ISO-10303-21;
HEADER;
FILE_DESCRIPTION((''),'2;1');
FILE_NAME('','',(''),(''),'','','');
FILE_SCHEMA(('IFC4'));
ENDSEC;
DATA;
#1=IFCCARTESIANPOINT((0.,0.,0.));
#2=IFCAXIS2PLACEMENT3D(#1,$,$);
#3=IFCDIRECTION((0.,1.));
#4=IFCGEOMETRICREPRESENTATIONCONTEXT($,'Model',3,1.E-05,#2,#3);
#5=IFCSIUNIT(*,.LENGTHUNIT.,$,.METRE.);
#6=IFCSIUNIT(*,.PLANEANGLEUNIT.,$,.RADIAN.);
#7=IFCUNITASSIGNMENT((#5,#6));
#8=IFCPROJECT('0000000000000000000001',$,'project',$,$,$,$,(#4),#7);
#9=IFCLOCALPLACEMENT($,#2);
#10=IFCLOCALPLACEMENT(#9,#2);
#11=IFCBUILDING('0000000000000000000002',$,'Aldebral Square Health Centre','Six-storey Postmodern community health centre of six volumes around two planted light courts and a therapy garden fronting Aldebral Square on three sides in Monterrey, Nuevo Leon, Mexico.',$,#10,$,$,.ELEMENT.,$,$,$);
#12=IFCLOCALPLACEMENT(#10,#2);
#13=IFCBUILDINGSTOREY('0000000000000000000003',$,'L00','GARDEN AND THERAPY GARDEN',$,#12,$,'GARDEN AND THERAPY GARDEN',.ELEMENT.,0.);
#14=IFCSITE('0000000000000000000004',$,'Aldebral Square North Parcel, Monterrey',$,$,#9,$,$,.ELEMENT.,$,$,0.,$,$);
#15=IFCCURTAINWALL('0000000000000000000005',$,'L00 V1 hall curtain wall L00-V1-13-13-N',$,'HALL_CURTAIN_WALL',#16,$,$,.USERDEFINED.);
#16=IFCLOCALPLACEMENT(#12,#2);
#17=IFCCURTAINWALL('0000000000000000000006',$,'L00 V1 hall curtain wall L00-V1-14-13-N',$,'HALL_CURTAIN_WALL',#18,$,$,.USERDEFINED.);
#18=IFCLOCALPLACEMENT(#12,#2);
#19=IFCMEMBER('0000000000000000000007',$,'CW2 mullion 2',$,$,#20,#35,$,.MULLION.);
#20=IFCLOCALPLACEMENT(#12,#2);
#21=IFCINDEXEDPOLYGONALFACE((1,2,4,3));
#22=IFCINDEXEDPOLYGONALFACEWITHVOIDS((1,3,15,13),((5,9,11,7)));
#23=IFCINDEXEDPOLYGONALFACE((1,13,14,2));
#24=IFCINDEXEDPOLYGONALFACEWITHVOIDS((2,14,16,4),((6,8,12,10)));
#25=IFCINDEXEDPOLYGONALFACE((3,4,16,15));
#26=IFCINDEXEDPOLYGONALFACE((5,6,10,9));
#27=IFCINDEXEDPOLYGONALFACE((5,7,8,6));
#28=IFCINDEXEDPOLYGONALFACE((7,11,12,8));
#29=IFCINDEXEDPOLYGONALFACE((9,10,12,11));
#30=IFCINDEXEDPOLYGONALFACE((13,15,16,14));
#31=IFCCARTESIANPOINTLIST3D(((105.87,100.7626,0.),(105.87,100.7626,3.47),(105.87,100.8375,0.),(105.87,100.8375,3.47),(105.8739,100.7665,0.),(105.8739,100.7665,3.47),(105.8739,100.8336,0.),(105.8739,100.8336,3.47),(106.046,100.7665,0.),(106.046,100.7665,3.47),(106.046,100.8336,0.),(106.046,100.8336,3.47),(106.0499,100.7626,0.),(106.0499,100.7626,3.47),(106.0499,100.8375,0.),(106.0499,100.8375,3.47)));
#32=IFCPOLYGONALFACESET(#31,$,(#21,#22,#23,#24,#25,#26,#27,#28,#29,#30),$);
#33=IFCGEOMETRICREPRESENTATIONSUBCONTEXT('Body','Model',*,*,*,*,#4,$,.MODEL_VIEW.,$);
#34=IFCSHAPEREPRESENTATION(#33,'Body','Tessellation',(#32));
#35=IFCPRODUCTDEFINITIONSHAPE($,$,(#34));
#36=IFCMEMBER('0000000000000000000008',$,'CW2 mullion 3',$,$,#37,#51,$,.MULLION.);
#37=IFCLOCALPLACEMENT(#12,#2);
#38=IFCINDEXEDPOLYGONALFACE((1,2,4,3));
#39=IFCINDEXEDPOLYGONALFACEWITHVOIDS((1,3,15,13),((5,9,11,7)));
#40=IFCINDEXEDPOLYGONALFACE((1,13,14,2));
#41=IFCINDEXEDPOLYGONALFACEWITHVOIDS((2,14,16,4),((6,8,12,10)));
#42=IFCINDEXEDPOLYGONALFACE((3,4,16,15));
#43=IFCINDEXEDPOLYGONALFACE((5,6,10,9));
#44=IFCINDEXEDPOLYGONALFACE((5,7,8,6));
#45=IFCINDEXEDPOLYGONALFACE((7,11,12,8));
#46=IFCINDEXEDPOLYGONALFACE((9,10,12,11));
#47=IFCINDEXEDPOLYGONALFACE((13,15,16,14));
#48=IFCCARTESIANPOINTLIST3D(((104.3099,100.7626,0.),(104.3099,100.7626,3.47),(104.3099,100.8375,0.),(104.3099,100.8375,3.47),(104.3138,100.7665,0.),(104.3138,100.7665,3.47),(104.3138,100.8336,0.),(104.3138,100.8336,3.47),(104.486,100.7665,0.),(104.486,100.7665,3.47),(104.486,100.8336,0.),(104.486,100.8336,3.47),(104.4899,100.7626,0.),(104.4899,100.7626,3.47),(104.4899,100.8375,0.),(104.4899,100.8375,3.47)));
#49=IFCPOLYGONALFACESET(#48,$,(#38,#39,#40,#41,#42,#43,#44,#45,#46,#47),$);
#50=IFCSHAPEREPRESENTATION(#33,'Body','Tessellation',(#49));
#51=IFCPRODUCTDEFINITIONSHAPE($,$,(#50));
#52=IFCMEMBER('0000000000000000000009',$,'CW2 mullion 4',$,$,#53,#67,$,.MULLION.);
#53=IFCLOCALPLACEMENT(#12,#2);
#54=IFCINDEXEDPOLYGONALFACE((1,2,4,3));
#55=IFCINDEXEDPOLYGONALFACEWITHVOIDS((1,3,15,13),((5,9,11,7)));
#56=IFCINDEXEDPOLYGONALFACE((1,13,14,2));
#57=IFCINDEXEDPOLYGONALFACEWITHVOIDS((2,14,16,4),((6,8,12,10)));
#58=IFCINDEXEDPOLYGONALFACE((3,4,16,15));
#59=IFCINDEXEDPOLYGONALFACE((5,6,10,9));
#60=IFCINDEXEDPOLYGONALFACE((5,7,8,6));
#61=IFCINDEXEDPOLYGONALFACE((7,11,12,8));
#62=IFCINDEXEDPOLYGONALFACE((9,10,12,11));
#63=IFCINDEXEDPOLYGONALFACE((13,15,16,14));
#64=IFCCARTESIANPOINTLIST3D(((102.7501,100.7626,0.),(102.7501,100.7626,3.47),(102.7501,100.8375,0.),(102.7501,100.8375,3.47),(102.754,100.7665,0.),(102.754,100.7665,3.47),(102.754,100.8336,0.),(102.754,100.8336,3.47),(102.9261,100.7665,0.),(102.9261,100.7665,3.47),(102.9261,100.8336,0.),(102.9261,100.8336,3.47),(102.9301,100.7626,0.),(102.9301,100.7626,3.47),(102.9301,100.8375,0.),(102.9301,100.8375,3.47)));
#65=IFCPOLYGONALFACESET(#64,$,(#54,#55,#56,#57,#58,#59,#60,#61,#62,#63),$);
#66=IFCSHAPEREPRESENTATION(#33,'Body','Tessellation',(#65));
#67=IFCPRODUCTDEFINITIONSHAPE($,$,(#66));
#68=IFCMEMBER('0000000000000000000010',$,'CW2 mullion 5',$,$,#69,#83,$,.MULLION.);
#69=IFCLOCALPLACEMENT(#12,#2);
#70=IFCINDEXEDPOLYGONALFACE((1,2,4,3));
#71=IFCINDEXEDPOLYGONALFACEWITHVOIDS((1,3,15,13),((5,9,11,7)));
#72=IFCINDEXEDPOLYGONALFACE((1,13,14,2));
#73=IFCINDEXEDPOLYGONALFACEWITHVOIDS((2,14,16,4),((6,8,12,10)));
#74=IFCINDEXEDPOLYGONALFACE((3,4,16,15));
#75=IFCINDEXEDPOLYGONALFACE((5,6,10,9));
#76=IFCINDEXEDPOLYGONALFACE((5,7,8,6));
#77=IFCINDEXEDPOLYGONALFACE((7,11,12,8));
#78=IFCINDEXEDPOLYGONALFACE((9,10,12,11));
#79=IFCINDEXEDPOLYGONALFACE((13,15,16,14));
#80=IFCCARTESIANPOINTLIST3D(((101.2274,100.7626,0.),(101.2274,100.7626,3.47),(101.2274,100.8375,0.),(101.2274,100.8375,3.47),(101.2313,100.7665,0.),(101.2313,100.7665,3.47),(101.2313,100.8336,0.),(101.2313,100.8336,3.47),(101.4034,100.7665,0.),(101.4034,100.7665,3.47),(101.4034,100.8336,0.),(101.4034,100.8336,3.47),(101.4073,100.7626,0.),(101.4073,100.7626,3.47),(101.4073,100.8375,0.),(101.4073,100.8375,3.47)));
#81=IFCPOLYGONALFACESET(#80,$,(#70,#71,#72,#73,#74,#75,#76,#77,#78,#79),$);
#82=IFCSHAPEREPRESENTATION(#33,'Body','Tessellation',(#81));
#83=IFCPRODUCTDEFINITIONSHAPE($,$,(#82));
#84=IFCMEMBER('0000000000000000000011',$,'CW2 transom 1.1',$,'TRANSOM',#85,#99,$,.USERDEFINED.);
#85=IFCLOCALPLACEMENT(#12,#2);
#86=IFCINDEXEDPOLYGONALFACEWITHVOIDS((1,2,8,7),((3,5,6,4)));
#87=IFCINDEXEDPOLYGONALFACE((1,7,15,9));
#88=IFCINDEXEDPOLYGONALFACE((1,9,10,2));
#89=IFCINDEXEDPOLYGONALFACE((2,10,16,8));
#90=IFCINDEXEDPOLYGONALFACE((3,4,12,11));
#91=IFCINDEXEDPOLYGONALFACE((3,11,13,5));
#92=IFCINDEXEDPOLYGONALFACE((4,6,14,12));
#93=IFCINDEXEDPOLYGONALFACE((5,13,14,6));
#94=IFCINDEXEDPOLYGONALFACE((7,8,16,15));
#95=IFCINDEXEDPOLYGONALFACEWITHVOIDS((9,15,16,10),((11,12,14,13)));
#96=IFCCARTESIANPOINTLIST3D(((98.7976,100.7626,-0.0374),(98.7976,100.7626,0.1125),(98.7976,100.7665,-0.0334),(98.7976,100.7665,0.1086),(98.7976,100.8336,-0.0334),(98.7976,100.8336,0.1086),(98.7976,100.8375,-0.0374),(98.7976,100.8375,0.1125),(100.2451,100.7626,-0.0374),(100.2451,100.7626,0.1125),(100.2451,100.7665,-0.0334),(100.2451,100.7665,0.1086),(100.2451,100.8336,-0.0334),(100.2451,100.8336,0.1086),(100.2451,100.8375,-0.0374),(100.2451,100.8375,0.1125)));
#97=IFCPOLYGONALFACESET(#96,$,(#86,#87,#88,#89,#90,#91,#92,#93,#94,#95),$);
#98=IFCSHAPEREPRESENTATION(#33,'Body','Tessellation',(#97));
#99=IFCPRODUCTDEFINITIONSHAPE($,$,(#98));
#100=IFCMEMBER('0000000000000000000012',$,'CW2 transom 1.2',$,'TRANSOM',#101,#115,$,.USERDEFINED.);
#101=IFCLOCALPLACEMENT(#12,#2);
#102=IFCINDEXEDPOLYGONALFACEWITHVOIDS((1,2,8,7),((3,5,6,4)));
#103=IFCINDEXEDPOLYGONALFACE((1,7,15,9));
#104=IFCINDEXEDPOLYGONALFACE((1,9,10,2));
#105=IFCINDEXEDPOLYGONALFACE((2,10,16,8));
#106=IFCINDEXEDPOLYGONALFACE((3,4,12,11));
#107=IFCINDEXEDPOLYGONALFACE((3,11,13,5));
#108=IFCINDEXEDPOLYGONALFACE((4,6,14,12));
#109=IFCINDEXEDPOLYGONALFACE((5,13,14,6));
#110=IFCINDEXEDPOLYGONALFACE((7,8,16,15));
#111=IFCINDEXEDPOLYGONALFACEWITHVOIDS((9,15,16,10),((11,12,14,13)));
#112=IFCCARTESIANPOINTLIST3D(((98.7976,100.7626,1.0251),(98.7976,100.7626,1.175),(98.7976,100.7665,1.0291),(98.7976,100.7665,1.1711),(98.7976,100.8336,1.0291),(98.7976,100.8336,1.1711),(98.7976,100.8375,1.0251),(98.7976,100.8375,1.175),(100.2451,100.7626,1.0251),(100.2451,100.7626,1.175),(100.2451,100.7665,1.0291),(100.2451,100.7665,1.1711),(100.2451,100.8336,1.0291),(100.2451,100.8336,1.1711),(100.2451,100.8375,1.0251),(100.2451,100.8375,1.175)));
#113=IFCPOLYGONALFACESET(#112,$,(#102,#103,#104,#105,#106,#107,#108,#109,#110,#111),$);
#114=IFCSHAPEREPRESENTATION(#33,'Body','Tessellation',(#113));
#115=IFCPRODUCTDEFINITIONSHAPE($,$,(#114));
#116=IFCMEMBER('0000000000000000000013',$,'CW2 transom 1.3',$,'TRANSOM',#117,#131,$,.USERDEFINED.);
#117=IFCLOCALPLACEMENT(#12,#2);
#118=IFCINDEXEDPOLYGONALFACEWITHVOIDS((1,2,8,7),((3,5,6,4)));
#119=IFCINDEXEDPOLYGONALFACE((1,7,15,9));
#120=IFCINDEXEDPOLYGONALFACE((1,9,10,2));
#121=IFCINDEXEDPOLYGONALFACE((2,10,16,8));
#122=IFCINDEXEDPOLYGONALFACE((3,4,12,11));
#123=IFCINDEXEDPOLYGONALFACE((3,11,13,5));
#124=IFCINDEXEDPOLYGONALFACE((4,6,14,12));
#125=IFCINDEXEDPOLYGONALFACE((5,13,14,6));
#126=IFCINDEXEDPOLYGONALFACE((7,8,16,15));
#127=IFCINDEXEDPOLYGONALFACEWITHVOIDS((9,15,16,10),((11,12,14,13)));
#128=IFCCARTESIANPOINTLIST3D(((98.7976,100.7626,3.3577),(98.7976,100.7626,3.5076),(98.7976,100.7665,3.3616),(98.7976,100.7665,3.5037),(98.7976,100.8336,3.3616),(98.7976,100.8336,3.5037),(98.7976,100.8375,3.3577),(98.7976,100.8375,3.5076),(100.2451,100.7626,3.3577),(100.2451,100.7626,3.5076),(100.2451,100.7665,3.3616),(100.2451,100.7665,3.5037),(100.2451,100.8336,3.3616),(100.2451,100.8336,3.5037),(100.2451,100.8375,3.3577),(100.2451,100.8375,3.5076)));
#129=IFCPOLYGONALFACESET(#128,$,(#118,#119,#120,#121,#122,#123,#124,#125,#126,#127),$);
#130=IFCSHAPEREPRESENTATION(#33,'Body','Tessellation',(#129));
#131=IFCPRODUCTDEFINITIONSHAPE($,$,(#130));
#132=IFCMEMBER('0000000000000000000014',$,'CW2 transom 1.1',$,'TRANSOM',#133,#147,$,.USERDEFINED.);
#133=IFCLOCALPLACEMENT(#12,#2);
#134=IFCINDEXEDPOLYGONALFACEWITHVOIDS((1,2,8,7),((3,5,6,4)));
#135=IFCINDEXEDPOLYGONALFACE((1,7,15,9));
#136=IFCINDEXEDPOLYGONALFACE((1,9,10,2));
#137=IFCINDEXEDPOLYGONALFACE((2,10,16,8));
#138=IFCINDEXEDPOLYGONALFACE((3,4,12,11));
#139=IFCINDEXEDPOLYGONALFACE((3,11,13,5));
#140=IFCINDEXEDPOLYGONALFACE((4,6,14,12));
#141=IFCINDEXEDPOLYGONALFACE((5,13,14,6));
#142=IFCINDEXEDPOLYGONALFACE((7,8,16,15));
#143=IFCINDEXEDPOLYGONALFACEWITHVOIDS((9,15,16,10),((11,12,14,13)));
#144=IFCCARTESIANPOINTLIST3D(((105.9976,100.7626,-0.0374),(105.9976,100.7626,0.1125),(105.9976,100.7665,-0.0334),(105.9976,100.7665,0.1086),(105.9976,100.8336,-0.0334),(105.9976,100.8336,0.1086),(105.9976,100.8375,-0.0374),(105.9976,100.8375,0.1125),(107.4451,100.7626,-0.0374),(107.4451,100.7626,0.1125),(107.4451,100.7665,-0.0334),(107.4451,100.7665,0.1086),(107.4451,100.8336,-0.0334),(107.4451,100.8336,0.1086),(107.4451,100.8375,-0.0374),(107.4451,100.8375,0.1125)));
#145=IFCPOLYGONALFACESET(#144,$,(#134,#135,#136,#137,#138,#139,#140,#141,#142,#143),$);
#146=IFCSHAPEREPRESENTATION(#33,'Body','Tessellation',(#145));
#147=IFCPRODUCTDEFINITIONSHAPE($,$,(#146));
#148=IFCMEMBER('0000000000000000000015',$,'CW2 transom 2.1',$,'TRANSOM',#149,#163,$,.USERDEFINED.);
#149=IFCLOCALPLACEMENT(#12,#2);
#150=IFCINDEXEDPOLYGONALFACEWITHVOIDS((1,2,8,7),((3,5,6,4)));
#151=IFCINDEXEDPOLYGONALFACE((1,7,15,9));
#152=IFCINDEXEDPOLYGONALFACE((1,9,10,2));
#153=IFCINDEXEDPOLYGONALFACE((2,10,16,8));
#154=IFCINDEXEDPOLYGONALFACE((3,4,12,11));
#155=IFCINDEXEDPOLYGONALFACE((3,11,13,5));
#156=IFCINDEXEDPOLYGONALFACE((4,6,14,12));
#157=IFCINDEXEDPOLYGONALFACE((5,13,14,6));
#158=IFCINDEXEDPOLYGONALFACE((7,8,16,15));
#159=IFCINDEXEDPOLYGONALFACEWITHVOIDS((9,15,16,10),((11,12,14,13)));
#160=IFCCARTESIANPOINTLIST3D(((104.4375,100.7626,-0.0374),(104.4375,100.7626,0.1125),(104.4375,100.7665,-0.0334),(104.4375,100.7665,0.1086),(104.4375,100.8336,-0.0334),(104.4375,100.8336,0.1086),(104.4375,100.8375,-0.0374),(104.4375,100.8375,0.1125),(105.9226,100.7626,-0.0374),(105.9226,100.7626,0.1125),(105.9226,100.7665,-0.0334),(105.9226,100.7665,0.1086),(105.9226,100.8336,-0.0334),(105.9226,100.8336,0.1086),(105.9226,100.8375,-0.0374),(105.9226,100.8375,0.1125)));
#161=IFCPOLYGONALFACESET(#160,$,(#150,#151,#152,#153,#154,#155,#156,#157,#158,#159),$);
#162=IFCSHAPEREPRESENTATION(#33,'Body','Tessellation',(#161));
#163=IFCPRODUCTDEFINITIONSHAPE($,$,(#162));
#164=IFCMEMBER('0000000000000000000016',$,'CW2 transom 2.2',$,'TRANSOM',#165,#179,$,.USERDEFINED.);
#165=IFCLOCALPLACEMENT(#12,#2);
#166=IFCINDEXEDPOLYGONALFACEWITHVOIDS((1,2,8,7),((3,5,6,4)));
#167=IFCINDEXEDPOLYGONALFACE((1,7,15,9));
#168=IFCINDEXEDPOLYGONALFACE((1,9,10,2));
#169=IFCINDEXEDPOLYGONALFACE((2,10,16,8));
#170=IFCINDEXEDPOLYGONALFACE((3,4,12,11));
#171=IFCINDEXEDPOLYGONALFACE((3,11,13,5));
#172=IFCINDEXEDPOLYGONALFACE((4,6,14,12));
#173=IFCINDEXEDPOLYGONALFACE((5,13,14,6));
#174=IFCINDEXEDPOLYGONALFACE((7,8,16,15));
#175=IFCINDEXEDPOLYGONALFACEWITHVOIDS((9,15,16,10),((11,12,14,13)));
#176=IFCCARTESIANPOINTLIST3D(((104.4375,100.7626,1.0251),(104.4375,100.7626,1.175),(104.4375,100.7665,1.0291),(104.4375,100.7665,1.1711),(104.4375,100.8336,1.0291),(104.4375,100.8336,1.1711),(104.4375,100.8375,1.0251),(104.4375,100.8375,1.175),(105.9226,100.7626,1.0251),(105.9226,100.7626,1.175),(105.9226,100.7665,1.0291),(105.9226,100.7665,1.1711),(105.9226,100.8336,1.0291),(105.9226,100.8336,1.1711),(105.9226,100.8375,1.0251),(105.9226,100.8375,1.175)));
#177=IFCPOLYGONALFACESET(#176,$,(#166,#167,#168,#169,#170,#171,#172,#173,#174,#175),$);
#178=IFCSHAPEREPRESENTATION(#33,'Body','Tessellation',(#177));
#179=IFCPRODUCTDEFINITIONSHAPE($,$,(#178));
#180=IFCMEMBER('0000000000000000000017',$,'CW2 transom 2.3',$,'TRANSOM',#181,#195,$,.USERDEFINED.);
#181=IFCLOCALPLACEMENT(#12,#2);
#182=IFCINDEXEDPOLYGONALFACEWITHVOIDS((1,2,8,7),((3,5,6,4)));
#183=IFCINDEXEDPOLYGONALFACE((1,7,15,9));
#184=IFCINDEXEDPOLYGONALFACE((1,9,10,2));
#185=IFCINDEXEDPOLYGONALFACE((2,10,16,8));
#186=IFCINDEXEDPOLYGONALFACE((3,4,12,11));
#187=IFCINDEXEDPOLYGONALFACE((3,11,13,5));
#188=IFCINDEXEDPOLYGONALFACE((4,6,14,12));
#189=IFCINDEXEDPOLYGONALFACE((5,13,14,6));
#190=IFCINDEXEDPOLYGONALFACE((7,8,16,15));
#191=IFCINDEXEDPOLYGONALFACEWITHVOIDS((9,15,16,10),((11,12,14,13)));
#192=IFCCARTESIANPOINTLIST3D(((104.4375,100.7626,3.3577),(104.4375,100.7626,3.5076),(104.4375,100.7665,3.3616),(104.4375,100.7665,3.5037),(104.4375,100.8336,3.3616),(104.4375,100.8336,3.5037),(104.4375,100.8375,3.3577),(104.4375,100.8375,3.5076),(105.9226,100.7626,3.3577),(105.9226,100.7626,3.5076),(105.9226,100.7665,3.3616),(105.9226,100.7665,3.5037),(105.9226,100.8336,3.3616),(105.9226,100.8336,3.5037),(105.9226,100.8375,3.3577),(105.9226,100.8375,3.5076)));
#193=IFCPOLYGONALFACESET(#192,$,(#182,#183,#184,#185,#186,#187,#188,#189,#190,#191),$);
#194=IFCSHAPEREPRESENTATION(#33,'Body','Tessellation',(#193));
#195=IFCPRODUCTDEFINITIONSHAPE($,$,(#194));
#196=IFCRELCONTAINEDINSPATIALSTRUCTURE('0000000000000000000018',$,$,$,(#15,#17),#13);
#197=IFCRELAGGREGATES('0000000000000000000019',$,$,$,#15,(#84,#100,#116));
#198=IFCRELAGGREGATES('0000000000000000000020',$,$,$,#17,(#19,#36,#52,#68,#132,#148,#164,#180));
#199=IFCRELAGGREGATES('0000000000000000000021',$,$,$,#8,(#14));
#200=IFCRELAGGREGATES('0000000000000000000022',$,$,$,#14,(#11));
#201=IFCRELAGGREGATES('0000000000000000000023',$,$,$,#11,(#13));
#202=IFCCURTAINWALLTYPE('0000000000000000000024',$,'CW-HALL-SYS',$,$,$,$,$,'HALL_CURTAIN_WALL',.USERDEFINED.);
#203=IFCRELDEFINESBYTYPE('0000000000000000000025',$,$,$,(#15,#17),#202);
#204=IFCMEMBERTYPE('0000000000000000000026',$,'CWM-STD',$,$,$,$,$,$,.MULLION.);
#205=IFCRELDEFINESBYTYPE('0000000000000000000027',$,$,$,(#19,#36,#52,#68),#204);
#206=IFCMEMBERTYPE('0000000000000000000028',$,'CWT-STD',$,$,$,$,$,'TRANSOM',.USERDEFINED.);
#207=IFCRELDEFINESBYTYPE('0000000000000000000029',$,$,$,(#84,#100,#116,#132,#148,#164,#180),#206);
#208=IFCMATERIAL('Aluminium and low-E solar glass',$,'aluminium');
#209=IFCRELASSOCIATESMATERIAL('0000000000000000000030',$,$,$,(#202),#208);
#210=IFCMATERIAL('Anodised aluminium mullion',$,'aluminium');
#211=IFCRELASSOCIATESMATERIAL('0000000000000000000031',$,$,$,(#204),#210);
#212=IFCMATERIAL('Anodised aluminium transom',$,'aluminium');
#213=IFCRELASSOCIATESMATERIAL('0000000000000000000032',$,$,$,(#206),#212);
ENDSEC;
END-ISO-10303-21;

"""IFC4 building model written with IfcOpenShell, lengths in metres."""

from ifc_helpers import new_model, si_unit, direction, frame, origin, origin_2d, place, context, subcontext, project, spatial, hollow_rectangle, extrude, material, material_profile, profile_set, type_object, element, aggregate, save


model = new_model("IFC4")

# Units and contexts
model_context = context("Model", 3, precision=1e-05, world=origin(), true_north=direction((0.0, 1.0)))
body_context = subcontext(model_context, "Body", "Model", "MODEL_VIEW")
ifc_project = project(units=[si_unit("LENGTHUNIT", "METRE"), si_unit("PLANEANGLEUNIT", "RADIAN")], contexts=[model_context])

# Site, building, storey
site_placement = place(None, origin())
site = spatial("IfcSite", under=ifc_project, at=site_placement, Name="Aldebral Square North Parcel, Monterrey", CompositionType="ELEMENT", RefElevation=0.0)
building_placement = place(site_placement, origin())
building = spatial("IfcBuilding", under=site, at=building_placement, Name="Aldebral Square Health Centre", Description="Six-storey Postmodern community health centre of six volumes around two planted light courts and a therapy garden fronting Aldebral Square on three sides in Monterrey, Nuevo Leon, Mexico.", CompositionType="ELEMENT")
storey_placement = place(building_placement, origin())
storey = spatial("IfcBuildingStorey", under=building, at=storey_placement, Name="L00", Description="GARDEN AND THERAPY GARDEN", LongName="GARDEN AND THERAPY GARDEN", CompositionType="ELEMENT", Elevation=0.0)

# Curtain wall
ifc_material_1 = material(Name="Aluminium and low-E solar glass", Category="aluminium")
curtain_wall_type = type_object("IfcCurtainWallType", Name="CW-HALL-SYS", ElementType="HALL_CURTAIN_WALL", PredefinedType="USERDEFINED", material=ifc_material_1)
curtain_wall_1_placement = place(storey_placement, origin())
curtain_wall_1 = element("IfcCurtainWall", 1, at=curtain_wall_1_placement, inside=storey, type_object=curtain_wall_type, Name="L00 V1 hall curtain wall L00-V1-13-13-N", ObjectType="HALL_CURTAIN_WALL", PredefinedType="USERDEFINED")
ifc_material_2 = material(Name="Anodised aluminium mullion", Category="aluminium")
ifc_material_profile_1 = material_profile(ifc_material_2, hollow_rectangle(XDim=0.075, YDim=0.1799, WallThickness=0.0039, at=origin_2d()), Name="CWM 75x180x4")
ifc_profile_set_1 = profile_set([ifc_material_profile_1], Name="Anodised aluminium mullion")
member_type_1 = type_object("IfcMemberType", Name="CWM-STD", PredefinedType="MULLION", material=ifc_profile_set_1)

# Curtain wall, members
curtain_wall_2_placement = place(storey_placement, origin())
curtain_wall_2 = element("IfcCurtainWall", 2, at=curtain_wall_2_placement, inside=storey, type_object=curtain_wall_type, Name="L00 V1 hall curtain wall L00-V1-14-13-N", ObjectType="HALL_CURTAIN_WALL", PredefinedType="USERDEFINED")
member_1_placement = place(storey_placement, frame((105.96, 100.8, 0.0), z_axis=(0.0, 0.0, 1.0), x_axis=(0.0, -1.0, 0.0)))
member_1 = element("IfcMember", 3, at=member_1_placement, type_object=member_type_1, Name="CW2 mullion 2", PredefinedType="MULLION", context=body_context, shape_type="SweptSolid", body=[
    extrude(hollow_rectangle(XDim=0.075, YDim=0.1799, WallThickness=0.0039, at=origin_2d()), origin(), (0.0, 0.0, 1.0), 3.47),
])
member_2_placement = place(storey_placement, frame((104.3999, 100.8, 0.0), z_axis=(0.0, 0.0, 1.0), x_axis=(0.0, -1.0, 0.0)))
member_2 = element("IfcMember", 4, at=member_2_placement, type_object=member_type_1, Name="CW2 mullion 3", PredefinedType="MULLION", context=body_context, shape_type="SweptSolid", body=[
    extrude(hollow_rectangle(XDim=0.075, YDim=0.1799, WallThickness=0.0039, at=origin_2d()), origin(), (0.0, 0.0, 1.0), 3.47),
])
member_3_placement = place(storey_placement, frame((102.8401, 100.8, 0.0), z_axis=(0.0, 0.0, 1.0), x_axis=(0.0, -1.0, 0.0)))
member_3 = element("IfcMember", 5, at=member_3_placement, type_object=member_type_1, Name="CW2 mullion 4", PredefinedType="MULLION", context=body_context, shape_type="SweptSolid", body=[
    extrude(hollow_rectangle(XDim=0.075, YDim=0.1799, WallThickness=0.0039, at=origin_2d()), origin(), (0.0, 0.0, 1.0), 3.47),
])
member_4_placement = place(storey_placement, frame((101.3174, 100.8, 0.0), z_axis=(0.0, 0.0, 1.0), x_axis=(0.0, -1.0, 0.0)))
member_4 = element("IfcMember", 6, at=member_4_placement, type_object=member_type_1, Name="CW2 mullion 5", PredefinedType="MULLION", context=body_context, shape_type="SweptSolid", body=[
    extrude(hollow_rectangle(XDim=0.075, YDim=0.1799, WallThickness=0.0039, at=origin_2d()), origin(), (0.0, 0.0, 1.0), 3.47),
])

# Members
ifc_material_3 = material(Name="Anodised aluminium transom", Category="aluminium")
ifc_material_profile_2 = material_profile(ifc_material_3, hollow_rectangle(XDim=0.075, YDim=0.1499, WallThickness=0.0039, at=origin_2d()), Name="CWT 75x150x4")
ifc_profile_set_2 = profile_set([ifc_material_profile_2], Name="Anodised aluminium transom")
member_type_2 = type_object("IfcMemberType", Name="CWT-STD", ElementType="TRANSOM", PredefinedType="USERDEFINED", material=ifc_profile_set_2)
member_5_placement = place(storey_placement, frame((100.2451, 100.8, 0.0376), z_axis=(-1.0, 0.0, 0.0), x_axis=(0.0, -1.0, 0.0)))
member_5 = element("IfcMember", 7, at=member_5_placement, type_object=member_type_2, Name="CW2 transom 1.1", ObjectType="TRANSOM", PredefinedType="USERDEFINED", context=body_context, shape_type="SweptSolid", body=[
    extrude(hollow_rectangle(XDim=0.075, YDim=0.1499, WallThickness=0.0039, at=origin_2d()), origin(), (0.0, 0.0, 1.0), 1.4475),
])
member_6_placement = place(storey_placement, frame((100.2451, 100.8, 1.1001), z_axis=(-1.0, 0.0, 0.0), x_axis=(0.0, -1.0, 0.0)))
member_6 = element("IfcMember", 8, at=member_6_placement, type_object=member_type_2, Name="CW2 transom 1.2", ObjectType="TRANSOM", PredefinedType="USERDEFINED", context=body_context, shape_type="SweptSolid", body=[
    extrude(hollow_rectangle(XDim=0.075, YDim=0.1499, WallThickness=0.0039, at=origin_2d()), origin(), (0.0, 0.0, 1.0), 1.4475),
])
member_7_placement = place(storey_placement, frame((100.2451, 100.8, 3.4326), z_axis=(-1.0, 0.0, 0.0), x_axis=(0.0, -1.0, 0.0)))
member_7 = element("IfcMember", 9, at=member_7_placement, type_object=member_type_2, Name="CW2 transom 1.3", ObjectType="TRANSOM", PredefinedType="USERDEFINED", context=body_context, shape_type="SweptSolid", body=[
    extrude(hollow_rectangle(XDim=0.075, YDim=0.1499, WallThickness=0.0039, at=origin_2d()), origin(), (0.0, 0.0, 1.0), 1.4475),
])
aggregate(curtain_wall_1, [member_5, member_6, member_7])
member_8_placement = place(storey_placement, frame((107.4451, 100.8, 0.0376), z_axis=(-1.0, 0.0, 0.0), x_axis=(0.0, -1.0, 0.0)))
member_8 = element("IfcMember", 10, at=member_8_placement, type_object=member_type_2, Name="CW2 transom 1.1", ObjectType="TRANSOM", PredefinedType="USERDEFINED", context=body_context, shape_type="SweptSolid", body=[
    extrude(hollow_rectangle(XDim=0.075, YDim=0.1499, WallThickness=0.0039, at=origin_2d()), origin(), (0.0, 0.0, 1.0), 1.4475),
])
member_9_placement = place(storey_placement, frame((105.9226, 100.8, 0.0376), z_axis=(-1.0, 0.0, 0.0), x_axis=(0.0, -1.0, 0.0)))
member_9 = element("IfcMember", 11, at=member_9_placement, type_object=member_type_2, Name="CW2 transom 2.1", ObjectType="TRANSOM", PredefinedType="USERDEFINED", context=body_context, shape_type="SweptSolid", body=[
    extrude(hollow_rectangle(XDim=0.075, YDim=0.1499, WallThickness=0.0039, at=origin_2d()), origin(), (0.0, 0.0, 1.0), 1.4851),
])
member_10_placement = place(storey_placement, frame((105.9226, 100.8, 1.1001), z_axis=(-1.0, 0.0, 0.0), x_axis=(0.0, -1.0, 0.0)))
member_10 = element("IfcMember", 12, at=member_10_placement, type_object=member_type_2, Name="CW2 transom 2.2", ObjectType="TRANSOM", PredefinedType="USERDEFINED", context=body_context, shape_type="SweptSolid", body=[
    extrude(hollow_rectangle(XDim=0.075, YDim=0.1499, WallThickness=0.0039, at=origin_2d()), origin(), (0.0, 0.0, 1.0), 1.4851),
])
member_11_placement = place(storey_placement, frame((105.9226, 100.8, 3.4326), z_axis=(-1.0, 0.0, 0.0), x_axis=(0.0, -1.0, 0.0)))
member_11 = element("IfcMember", 13, at=member_11_placement, type_object=member_type_2, Name="CW2 transom 2.3", ObjectType="TRANSOM", PredefinedType="USERDEFINED", context=body_context, shape_type="SweptSolid", body=[
    extrude(hollow_rectangle(XDim=0.075, YDim=0.1499, WallThickness=0.0039, at=origin_2d()), origin(), (0.0, 0.0, 1.0), 1.4851),
])

aggregate(curtain_wall_2, [member_1, member_2, member_3, member_4, member_8, member_9, member_10, member_11])

save(model, "model.ifc")
